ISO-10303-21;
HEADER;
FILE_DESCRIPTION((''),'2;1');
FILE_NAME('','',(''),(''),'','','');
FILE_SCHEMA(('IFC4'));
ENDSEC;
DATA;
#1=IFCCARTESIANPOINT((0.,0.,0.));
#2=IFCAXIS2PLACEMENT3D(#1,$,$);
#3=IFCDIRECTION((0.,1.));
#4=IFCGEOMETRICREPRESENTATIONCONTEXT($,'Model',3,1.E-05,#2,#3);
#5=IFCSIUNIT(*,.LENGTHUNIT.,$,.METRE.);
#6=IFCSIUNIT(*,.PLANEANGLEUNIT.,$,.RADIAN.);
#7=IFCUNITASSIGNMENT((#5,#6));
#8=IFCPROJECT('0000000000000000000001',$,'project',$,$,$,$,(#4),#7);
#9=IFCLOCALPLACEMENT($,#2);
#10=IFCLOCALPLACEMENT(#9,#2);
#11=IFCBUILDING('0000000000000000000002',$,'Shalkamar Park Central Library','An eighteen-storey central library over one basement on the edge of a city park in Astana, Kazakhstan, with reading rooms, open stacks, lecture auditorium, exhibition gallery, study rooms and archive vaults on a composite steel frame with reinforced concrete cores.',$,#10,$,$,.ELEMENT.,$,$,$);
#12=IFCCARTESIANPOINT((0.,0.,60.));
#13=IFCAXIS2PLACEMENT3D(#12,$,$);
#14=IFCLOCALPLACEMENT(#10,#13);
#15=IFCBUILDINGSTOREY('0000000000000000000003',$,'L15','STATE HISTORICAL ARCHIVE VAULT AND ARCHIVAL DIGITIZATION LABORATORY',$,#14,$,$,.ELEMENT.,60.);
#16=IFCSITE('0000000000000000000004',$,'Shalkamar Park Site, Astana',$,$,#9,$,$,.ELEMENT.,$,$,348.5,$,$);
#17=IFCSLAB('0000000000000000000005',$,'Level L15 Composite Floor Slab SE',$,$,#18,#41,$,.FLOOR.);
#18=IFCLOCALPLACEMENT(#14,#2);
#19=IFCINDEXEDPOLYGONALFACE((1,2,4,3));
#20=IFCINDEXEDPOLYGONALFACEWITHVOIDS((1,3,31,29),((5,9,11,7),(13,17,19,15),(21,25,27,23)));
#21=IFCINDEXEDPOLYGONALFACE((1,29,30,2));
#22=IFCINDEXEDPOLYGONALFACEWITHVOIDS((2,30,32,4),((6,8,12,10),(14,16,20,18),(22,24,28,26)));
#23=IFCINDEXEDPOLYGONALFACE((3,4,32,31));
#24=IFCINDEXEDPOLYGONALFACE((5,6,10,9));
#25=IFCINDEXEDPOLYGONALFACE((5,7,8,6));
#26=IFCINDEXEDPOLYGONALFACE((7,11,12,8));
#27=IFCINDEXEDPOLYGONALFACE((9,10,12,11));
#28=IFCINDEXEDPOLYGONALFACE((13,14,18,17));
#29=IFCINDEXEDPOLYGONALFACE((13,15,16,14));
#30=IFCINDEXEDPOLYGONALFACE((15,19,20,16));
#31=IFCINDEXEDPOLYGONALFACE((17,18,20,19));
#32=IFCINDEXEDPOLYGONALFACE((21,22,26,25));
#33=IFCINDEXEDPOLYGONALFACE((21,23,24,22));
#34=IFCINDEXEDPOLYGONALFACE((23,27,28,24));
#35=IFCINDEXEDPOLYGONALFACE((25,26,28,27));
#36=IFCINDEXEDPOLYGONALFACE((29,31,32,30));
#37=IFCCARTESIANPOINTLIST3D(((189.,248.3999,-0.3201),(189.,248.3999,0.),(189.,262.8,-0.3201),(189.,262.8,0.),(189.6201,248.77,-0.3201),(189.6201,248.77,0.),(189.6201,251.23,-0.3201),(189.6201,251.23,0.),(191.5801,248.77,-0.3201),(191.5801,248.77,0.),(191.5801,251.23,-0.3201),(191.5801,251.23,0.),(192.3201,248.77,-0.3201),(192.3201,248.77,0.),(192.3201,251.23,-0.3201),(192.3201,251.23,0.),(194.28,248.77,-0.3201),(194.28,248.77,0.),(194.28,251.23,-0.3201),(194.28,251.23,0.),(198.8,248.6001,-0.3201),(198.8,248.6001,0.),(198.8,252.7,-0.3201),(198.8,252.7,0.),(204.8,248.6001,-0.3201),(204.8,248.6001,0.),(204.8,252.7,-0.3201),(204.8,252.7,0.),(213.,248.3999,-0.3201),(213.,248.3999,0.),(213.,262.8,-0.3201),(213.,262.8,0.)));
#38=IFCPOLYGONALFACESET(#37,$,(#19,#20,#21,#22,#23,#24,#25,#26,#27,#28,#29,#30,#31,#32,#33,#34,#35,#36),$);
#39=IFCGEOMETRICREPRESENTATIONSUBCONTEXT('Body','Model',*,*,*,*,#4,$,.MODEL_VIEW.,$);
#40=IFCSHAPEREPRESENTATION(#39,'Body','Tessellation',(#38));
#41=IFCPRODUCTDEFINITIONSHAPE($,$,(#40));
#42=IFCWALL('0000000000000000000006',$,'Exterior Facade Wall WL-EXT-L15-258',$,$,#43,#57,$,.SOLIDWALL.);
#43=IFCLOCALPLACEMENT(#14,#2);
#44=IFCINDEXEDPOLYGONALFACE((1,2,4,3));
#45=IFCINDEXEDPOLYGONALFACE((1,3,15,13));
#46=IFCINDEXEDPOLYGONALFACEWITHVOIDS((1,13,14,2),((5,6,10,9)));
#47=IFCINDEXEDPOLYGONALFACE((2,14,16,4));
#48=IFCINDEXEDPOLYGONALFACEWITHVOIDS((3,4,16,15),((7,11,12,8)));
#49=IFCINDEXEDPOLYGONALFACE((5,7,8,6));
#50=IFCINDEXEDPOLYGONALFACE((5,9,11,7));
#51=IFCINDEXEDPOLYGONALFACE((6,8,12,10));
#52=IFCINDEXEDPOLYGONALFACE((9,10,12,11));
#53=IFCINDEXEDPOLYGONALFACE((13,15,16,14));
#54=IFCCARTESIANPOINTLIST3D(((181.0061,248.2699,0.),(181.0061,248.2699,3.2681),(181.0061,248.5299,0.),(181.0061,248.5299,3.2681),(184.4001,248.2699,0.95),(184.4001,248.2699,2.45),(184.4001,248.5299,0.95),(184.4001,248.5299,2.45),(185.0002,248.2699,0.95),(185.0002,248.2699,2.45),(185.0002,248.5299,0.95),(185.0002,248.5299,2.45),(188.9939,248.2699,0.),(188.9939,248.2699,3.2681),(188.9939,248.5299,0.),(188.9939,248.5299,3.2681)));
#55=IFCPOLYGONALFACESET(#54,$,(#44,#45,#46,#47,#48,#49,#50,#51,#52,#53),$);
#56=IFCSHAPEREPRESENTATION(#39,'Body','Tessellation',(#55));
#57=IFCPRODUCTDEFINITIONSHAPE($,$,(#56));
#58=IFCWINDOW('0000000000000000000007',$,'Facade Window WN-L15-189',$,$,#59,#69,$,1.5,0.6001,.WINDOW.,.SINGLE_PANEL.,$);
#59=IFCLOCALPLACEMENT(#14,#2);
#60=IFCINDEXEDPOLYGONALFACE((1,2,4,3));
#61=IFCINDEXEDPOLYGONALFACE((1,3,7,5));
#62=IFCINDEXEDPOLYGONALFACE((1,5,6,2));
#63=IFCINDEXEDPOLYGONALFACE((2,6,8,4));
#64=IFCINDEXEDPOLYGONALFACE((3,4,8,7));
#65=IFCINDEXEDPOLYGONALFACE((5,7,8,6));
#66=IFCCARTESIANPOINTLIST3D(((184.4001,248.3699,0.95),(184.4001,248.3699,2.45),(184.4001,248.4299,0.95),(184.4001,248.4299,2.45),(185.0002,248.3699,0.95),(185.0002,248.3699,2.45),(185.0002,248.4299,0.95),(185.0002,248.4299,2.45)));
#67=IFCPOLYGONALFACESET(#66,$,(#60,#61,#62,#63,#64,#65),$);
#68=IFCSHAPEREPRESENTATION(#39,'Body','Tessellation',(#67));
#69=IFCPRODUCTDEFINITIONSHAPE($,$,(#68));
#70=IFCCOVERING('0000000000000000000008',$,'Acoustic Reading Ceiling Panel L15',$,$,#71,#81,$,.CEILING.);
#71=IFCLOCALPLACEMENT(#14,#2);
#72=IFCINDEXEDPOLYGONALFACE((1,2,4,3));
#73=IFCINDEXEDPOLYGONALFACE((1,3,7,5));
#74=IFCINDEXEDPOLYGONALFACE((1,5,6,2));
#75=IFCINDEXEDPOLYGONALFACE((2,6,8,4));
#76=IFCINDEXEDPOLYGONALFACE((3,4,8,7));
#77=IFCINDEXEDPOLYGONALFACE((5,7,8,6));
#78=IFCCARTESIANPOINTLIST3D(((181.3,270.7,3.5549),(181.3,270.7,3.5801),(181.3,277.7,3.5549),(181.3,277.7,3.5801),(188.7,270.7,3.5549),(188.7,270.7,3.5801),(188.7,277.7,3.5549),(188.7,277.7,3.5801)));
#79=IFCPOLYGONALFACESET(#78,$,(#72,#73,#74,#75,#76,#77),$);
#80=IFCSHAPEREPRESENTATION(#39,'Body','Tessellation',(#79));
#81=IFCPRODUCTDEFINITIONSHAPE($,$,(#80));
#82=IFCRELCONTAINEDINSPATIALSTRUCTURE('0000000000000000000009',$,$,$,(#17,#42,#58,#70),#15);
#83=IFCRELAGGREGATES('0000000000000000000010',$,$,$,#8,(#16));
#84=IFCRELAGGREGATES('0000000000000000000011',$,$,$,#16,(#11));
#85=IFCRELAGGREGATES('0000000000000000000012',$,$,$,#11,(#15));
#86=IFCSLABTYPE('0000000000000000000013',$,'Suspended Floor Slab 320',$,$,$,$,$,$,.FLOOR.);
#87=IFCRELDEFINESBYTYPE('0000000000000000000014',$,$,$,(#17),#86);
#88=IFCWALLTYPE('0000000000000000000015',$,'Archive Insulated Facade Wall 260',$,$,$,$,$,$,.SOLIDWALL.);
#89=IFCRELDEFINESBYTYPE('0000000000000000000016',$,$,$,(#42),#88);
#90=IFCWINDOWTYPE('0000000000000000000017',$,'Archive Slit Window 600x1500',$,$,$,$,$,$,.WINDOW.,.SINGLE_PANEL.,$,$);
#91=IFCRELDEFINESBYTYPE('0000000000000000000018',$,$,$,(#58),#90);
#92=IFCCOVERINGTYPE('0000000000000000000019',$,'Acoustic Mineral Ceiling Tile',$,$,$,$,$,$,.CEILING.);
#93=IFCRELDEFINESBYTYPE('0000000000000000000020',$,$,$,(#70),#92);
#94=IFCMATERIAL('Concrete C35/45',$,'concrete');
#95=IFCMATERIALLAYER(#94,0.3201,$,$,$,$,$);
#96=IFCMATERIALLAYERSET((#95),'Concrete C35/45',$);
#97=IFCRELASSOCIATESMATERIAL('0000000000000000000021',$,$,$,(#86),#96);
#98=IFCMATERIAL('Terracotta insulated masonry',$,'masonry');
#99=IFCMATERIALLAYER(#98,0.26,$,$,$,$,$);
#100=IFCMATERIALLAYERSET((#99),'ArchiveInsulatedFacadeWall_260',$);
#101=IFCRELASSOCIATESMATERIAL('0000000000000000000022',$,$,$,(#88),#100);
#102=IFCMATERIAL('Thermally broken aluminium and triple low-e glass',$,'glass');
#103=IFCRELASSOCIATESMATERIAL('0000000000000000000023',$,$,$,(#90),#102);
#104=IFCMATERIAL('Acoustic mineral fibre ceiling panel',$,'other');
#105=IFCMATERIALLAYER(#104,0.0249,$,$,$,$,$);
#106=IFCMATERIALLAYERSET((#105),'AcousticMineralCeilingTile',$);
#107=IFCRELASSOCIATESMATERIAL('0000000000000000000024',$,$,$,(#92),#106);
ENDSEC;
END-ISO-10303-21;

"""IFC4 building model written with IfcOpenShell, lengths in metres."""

from ifc_helpers import new_model, si_unit, direction, frame, frame_2d, origin, place, context, subcontext, project, spatial, polyline, rectangle, outline, extrude, material, layer, layer_set, type_object, element, fill, save


model = new_model("IFC4")

# Units and contexts
model_context = context("Model", 3, precision=1e-05, world=origin(), true_north=direction((0.0, 1.0)))
body_context = subcontext(model_context, "Body", "Model", "MODEL_VIEW")
ifc_project = project(units=[si_unit("LENGTHUNIT", "METRE"), si_unit("PLANEANGLEUNIT", "RADIAN")], contexts=[model_context])

# Site, building, storey
site_placement = place(None, origin())
site = spatial("IfcSite", under=ifc_project, at=site_placement, Name="Shalkamar Park Site, Astana", CompositionType="ELEMENT", RefElevation=348.5)
building_placement = place(site_placement, origin())
building = spatial("IfcBuilding", under=site, at=building_placement, Name="Shalkamar Park Central Library", Description="An eighteen-storey central library over one basement on the edge of a city park in Astana, Kazakhstan, with reading rooms, open stacks, lecture auditorium, exhibition gallery, study rooms and archive vaults on a composite steel frame with reinforced concrete cores.", CompositionType="ELEMENT")
storey_placement = place(building_placement, frame((0.0, 0.0, 60.0)))
storey = spatial("IfcBuildingStorey", under=building, at=storey_placement, Name="L15", Description="STATE HISTORICAL ARCHIVE VAULT AND ARCHIVAL DIGITIZATION LABORATORY", CompositionType="ELEMENT", Elevation=60.0)

# Shared definitions
ifc_material_1 = material(Name="Concrete C35/45", Category="concrete")

# Slab
ifc_layer_1 = layer(ifc_material_1, 0.3201)
ifc_layer_set_1 = layer_set([ifc_layer_1], Name="Concrete C35/45")
slab_type_1 = type_object("IfcSlabType", Name="Suspended Floor Slab 320", PredefinedType="FLOOR", material=ifc_layer_set_1)
slab_1_placement = place(storey_placement, frame((0.0, 0.0, -0.3201)))
element("IfcSlab", 1, at=slab_1_placement, inside=storey, type_object=slab_type_1, Name="Level L15 Composite Floor Slab SE", PredefinedType="FLOOR", context=body_context, shape_type="SweptSolid", body=[
    extrude(outline(polyline([(189.0, 248.3999), (189.0, 262.8), (213.0, 262.8), (213.0, 248.3999), (189.0, 248.3999)]), holes=[polyline([(189.6201, 251.23), (189.6201, 248.77), (191.5801, 248.77), (191.5801, 251.23), (189.6201, 251.23)]), polyline([(192.3201, 251.23), (192.3201, 248.77), (194.28, 248.77), (194.28, 251.23), (192.3201, 251.23)]), polyline([(198.8, 252.7), (198.8, 248.6001), (204.8, 248.6001), (204.8, 252.7), (198.8, 252.7)])]), origin(), (0.0, 0.0, 1.0), 0.3201),
])

# Wall, opening, window
ifc_material_2 = material(Name="Terracotta insulated masonry", Category="masonry")
ifc_layer_2 = layer(ifc_material_2, 0.26)
ifc_layer_set_2 = layer_set([ifc_layer_2], Name="ArchiveInsulatedFacadeWall_260")
wall_type = type_object("IfcWallType", Name="Archive Insulated Facade Wall 260", PredefinedType="SOLIDWALL", material=ifc_layer_set_2)
wall_placement = place(storey_placement, frame((181.0061, 248.3999, 0.0), z_axis=(0.0, 0.0, 1.0), x_axis=(1.0, 0.0, 0.0)))
wall = element("IfcWall", 2, at=wall_placement, inside=storey, type_object=wall_type, Name="Exterior Facade Wall WL-EXT-L15-258", PredefinedType="SOLIDWALL", context=body_context, shape_type="SweptSolid", body=[
    extrude(rectangle(XDim=7.9878, YDim=0.26, at=frame_2d((3.9939, 0.0))), origin(), (0.0, 0.0, 1.0), 3.2681),
])
opening_placement = place(wall_placement, frame((3.394, 0.0, 0.95)))
opening = element("IfcOpeningElement", 3, at=opening_placement, cuts=wall, PredefinedType="OPENING", context=body_context, shape_type="SweptSolid", body=[
    extrude(rectangle(XDim=0.6001, YDim=1.5, at=frame_2d((0.3, 0.75))), frame((0.0, 0.145, 0.0), z_axis=(0.0, -1.0, 0.0), x_axis=(1.0, 0.0, 0.0)), (0.0, 0.0, 1.0), 0.2898),
])
ifc_material_3 = material(Name="Thermally broken aluminium and triple low-e glass", Category="glass")
window_type = type_object("IfcWindowType", Name="Archive Slit Window 600x1500", PartitioningType="SINGLE_PANEL", PredefinedType="WINDOW", material=ifc_material_3)
window_placement = place(opening_placement, origin())
window = element("IfcWindow", 4, at=window_placement, inside=storey, type_object=window_type, Name="Facade Window WN-L15-189", OverallHeight=1.5, OverallWidth=0.6001, PartitioningType="SINGLE_PANEL", PredefinedType="WINDOW", context=body_context, shape_type="SweptSolid", body=[
    extrude(rectangle(XDim=0.6001, YDim=1.5, at=frame_2d((0.3, 0.75))), frame((0.0, 0.03, 0.0), z_axis=(0.0, -1.0, 0.0), x_axis=(1.0, 0.0, 0.0)), (0.0, 0.0, 1.0), 0.0601),
])
fill(opening, window)

# Covering
ifc_material_4 = material(Name="Acoustic mineral fibre ceiling panel", Category="other")
ifc_layer_3 = layer(ifc_material_4, 0.0249)
ifc_layer_set_3 = layer_set([ifc_layer_3], Name="AcousticMineralCeilingTile")
covering_type = type_object("IfcCoveringType", Name="Acoustic Mineral Ceiling Tile", PredefinedType="CEILING", material=ifc_layer_set_3)
covering_placement = place(storey_placement, frame((0.0, 0.0, 3.5549)))
element("IfcCovering", 5, at=covering_placement, inside=storey, type_object=covering_type, Name="Acoustic Reading Ceiling Panel L15", PredefinedType="CEILING", context=body_context, shape_type="SweptSolid", body=[
    extrude(outline(polyline([(181.3, 270.7), (188.7, 270.7), (188.7, 277.7), (181.3, 277.7), (181.3, 270.7)])), origin(), (0.0, 0.0, 1.0), 0.0251),
])

save(model, "model.ifc")
